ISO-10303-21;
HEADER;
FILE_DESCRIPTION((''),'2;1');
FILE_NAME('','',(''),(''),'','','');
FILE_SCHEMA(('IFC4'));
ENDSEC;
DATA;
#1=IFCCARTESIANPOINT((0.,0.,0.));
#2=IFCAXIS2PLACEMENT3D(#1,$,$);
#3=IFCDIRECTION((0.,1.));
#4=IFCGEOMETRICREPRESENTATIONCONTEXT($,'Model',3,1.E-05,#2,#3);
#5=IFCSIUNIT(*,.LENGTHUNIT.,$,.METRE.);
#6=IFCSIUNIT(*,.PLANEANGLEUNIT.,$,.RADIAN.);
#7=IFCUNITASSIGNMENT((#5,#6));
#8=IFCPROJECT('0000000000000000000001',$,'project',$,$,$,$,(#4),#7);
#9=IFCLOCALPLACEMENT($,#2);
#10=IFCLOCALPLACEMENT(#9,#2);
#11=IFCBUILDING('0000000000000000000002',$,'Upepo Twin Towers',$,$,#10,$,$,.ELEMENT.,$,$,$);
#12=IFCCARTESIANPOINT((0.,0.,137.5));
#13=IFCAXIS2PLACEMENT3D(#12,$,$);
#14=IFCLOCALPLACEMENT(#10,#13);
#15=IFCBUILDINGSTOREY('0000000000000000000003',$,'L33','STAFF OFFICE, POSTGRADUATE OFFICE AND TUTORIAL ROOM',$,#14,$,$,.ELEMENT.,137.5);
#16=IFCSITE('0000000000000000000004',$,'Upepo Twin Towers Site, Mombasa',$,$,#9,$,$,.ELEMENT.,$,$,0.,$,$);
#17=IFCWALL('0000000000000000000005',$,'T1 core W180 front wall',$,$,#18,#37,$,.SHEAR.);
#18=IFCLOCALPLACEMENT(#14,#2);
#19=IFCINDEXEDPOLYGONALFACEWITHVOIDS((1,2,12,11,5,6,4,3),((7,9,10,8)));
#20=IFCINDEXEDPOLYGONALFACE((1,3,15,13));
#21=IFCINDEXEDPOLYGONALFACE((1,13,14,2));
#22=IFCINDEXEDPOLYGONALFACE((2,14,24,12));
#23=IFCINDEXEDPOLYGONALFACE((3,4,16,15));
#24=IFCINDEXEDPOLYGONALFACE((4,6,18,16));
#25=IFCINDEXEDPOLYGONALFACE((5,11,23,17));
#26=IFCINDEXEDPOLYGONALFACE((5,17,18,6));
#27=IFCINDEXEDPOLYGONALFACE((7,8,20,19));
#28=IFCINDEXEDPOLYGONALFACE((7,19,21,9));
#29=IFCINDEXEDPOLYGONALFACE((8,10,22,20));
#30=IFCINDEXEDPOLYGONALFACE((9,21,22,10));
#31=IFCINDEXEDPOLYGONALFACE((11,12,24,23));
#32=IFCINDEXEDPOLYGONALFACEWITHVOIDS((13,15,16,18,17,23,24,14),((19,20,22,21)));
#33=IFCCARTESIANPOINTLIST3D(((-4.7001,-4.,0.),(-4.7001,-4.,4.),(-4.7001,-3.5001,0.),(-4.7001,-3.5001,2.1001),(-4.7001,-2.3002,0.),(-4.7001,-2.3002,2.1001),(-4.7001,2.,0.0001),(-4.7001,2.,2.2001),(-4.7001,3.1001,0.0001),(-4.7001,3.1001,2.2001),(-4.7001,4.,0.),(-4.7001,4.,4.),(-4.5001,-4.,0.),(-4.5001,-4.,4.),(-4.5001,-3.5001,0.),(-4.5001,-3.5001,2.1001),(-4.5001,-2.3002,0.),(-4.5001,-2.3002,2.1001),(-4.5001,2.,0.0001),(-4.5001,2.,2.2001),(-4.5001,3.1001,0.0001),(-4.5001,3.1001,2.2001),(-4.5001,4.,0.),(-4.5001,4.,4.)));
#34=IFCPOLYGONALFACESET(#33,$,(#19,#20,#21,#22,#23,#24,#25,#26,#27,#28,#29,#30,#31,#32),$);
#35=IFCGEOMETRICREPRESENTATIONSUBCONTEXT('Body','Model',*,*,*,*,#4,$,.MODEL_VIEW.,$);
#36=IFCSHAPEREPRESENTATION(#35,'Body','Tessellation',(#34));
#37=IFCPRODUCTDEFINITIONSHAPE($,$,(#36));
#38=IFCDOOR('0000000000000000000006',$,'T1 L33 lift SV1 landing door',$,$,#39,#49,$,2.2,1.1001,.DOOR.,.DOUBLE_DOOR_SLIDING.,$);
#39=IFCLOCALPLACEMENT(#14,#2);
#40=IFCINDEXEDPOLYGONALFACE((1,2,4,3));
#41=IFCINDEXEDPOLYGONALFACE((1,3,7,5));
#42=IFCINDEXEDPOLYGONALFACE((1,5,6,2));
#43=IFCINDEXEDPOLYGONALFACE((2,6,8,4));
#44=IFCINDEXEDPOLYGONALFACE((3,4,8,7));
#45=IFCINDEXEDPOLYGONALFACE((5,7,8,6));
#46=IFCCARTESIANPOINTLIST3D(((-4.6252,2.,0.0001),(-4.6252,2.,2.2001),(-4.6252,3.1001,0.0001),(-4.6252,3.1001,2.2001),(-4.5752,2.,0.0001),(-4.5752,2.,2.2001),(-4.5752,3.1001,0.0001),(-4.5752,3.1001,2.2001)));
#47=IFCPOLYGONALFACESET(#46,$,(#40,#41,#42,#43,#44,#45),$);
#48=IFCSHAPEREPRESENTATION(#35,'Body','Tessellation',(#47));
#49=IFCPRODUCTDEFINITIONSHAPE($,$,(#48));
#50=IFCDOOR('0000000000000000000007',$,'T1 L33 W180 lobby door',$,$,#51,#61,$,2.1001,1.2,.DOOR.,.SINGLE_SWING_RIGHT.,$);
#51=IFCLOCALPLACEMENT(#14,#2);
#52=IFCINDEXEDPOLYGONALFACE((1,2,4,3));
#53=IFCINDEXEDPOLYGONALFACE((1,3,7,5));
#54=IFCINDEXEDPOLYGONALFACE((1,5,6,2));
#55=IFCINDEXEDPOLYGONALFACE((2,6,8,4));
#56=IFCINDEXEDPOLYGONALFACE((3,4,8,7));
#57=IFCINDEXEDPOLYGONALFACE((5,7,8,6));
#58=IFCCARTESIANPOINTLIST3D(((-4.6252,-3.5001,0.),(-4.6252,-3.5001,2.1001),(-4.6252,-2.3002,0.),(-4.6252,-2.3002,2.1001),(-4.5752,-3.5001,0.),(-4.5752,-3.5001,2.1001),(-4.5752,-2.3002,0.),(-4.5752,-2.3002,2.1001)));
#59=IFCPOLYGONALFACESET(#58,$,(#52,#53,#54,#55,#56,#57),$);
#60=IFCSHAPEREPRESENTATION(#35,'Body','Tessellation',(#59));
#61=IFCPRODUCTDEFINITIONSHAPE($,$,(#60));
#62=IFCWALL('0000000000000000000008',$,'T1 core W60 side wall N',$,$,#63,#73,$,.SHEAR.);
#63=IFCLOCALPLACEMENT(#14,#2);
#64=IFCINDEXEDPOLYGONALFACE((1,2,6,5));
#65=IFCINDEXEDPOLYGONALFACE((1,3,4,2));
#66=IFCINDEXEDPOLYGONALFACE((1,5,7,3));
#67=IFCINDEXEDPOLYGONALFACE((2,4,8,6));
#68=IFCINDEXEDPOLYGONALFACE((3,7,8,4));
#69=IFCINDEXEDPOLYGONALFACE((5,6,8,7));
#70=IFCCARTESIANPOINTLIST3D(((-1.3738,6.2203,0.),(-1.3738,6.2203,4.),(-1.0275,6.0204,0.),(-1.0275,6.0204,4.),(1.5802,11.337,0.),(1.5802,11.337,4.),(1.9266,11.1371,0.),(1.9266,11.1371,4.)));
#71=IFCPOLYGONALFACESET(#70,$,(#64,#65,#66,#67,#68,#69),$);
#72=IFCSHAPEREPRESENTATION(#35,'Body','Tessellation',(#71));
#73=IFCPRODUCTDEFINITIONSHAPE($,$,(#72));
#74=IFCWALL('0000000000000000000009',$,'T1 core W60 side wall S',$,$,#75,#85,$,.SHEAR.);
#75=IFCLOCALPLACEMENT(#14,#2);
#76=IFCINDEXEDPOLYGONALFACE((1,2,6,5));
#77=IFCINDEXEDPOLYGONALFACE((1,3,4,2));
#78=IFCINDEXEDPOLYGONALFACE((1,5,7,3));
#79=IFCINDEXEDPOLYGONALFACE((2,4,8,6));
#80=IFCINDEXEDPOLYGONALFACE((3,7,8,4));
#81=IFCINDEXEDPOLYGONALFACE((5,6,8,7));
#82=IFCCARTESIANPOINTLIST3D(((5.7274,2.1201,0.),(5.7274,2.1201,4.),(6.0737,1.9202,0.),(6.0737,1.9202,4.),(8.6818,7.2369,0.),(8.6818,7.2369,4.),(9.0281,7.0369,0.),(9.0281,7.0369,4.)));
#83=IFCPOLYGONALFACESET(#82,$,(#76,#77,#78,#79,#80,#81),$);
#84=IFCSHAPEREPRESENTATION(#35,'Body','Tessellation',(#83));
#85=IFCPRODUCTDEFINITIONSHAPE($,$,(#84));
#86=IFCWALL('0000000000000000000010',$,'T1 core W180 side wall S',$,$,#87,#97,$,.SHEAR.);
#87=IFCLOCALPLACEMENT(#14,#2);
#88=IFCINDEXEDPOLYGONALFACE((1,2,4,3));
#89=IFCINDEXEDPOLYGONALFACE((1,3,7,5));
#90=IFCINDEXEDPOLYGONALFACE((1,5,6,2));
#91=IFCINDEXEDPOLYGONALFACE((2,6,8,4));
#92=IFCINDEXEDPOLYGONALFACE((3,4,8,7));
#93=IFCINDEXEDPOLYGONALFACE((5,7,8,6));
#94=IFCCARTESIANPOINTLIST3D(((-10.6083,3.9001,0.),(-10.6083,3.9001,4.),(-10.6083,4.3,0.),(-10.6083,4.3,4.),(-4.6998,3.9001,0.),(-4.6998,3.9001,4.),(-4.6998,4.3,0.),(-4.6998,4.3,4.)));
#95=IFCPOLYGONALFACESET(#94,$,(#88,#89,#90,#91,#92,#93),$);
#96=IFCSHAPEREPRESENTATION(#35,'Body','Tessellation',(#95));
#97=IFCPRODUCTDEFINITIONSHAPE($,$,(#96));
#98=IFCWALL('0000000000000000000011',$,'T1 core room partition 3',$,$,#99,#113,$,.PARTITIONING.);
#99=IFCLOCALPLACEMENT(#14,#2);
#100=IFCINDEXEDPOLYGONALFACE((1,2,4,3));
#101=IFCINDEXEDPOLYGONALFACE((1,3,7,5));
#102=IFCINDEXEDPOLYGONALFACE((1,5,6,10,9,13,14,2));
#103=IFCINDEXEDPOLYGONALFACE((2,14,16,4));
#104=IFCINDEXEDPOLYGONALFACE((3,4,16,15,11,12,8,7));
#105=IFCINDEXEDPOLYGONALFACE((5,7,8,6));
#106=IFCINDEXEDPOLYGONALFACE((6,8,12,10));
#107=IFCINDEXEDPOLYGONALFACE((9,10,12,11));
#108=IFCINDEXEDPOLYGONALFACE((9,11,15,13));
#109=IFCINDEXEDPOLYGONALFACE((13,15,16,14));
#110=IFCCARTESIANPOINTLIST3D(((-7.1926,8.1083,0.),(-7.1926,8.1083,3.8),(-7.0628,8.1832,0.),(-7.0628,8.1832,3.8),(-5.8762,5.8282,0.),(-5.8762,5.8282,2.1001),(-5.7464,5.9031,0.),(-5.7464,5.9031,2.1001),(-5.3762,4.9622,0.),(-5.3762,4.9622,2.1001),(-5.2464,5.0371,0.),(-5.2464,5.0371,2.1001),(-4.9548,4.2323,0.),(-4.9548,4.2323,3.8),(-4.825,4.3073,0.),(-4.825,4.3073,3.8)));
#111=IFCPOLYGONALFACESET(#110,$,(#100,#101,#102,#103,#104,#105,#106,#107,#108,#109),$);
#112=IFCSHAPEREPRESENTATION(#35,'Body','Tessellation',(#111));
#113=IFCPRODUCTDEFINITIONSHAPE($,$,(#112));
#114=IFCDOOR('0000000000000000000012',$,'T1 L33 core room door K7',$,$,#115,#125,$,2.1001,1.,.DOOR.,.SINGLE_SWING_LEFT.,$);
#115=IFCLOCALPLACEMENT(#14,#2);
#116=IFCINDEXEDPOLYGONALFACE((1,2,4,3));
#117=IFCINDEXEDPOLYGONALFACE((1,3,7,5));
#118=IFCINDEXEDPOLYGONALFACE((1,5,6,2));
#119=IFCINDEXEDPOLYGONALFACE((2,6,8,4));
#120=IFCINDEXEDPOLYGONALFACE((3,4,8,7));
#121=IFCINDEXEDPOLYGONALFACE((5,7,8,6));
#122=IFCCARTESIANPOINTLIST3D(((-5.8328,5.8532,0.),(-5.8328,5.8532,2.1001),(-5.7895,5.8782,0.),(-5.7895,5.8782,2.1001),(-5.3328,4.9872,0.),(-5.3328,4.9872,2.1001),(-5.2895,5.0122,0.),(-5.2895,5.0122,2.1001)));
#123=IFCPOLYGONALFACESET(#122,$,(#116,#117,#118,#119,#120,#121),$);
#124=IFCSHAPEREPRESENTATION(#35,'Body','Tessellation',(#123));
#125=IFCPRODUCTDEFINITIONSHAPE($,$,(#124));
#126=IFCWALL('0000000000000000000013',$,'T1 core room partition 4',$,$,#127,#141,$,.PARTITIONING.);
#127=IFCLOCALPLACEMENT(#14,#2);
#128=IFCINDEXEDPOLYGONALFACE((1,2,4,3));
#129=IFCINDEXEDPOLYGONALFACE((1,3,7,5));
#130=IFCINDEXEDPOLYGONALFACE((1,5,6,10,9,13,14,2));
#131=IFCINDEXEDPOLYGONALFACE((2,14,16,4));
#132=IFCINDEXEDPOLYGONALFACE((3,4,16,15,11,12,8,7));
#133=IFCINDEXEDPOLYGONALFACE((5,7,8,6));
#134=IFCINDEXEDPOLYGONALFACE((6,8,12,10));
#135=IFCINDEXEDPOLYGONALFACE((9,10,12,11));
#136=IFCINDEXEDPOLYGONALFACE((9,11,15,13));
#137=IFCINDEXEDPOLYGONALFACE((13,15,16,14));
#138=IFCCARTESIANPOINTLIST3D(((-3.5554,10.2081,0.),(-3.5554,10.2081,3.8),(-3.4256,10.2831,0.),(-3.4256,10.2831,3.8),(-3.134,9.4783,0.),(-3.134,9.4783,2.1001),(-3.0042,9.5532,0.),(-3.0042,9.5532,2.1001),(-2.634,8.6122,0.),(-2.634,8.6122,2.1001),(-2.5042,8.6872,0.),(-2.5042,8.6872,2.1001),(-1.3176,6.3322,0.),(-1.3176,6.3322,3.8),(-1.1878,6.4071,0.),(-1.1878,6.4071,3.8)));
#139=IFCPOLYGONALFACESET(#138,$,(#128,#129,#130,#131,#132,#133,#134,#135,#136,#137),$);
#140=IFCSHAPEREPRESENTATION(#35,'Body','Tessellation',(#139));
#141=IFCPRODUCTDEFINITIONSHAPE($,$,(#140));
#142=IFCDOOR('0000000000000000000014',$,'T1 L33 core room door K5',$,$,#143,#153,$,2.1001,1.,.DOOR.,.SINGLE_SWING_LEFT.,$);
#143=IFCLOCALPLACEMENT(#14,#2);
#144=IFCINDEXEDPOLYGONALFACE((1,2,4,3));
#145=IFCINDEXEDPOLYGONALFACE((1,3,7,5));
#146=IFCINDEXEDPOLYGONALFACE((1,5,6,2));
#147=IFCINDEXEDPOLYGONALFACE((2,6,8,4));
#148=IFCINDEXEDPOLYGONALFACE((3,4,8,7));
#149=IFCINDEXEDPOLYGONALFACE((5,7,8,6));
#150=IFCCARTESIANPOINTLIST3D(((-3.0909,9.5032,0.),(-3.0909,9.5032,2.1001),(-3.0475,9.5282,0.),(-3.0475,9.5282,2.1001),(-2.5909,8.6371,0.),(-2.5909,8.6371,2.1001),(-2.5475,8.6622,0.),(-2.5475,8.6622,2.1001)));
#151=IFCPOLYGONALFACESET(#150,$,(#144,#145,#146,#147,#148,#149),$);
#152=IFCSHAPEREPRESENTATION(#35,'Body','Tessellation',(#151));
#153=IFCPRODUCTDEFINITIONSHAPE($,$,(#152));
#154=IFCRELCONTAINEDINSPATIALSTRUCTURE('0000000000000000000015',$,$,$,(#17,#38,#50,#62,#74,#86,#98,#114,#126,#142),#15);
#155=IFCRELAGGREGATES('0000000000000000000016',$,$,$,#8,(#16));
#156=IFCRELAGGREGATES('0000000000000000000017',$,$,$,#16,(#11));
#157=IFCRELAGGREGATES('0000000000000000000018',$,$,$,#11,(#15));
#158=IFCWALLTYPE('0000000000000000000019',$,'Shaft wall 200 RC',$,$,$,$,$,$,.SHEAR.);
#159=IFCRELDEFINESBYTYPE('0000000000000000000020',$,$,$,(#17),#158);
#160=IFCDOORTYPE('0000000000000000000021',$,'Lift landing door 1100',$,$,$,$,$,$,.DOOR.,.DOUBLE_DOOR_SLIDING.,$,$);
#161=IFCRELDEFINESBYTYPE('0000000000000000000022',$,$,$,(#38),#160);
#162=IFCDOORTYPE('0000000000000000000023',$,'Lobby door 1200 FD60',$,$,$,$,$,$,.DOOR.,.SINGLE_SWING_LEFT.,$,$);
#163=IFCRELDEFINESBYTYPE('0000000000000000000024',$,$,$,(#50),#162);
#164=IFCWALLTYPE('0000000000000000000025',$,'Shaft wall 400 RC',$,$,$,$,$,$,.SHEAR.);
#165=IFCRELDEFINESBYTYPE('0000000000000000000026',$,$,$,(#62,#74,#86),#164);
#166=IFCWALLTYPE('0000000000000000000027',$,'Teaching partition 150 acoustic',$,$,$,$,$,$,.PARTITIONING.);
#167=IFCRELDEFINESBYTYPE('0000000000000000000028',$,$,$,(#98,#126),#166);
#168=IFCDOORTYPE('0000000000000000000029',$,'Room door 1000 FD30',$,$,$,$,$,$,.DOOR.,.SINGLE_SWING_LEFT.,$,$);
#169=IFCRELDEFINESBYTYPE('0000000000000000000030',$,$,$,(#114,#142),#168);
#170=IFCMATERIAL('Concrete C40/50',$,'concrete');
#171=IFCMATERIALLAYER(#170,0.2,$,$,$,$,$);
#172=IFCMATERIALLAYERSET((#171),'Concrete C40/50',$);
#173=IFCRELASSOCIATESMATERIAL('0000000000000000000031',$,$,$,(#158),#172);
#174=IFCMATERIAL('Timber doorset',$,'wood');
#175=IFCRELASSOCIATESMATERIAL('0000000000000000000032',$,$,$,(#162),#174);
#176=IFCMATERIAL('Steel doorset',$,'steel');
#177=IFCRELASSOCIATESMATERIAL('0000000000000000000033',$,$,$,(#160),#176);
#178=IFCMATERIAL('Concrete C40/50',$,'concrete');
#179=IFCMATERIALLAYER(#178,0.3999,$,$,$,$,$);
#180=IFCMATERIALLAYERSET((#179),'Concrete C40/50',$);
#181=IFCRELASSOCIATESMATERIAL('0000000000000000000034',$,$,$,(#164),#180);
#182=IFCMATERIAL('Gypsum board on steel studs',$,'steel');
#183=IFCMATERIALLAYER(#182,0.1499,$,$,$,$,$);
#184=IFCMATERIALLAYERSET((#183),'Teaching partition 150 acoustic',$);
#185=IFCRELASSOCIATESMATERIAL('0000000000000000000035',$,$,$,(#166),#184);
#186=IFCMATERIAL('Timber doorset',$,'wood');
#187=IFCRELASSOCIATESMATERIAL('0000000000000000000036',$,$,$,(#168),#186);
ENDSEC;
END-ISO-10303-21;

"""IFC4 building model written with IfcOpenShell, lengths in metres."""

from ifc_helpers import new_model, si_unit, direction, frame, frame_2d, origin, place, context, subcontext, project, spatial, rectangle, extrude, material, layer, layer_set, type_object, element, fill, save


model = new_model("IFC4")

# Units and contexts
model_context = context("Model", 3, precision=1e-05, world=origin(), true_north=direction((0.0, 1.0)))
body_context = subcontext(model_context, "Body", "Model", "MODEL_VIEW")
ifc_project = project(units=[si_unit("LENGTHUNIT", "METRE"), si_unit("PLANEANGLEUNIT", "RADIAN")], contexts=[model_context])

# Site, building, storey
site_placement = place(None, origin())
site = spatial("IfcSite", under=ifc_project, at=site_placement, Name="Upepo Twin Towers Site, Mombasa", CompositionType="ELEMENT", RefElevation=0.0)
building_placement = place(site_placement, origin())
building = spatial("IfcBuilding", under=site, at=building_placement, Name="Upepo Twin Towers", CompositionType="ELEMENT")
storey_placement = place(building_placement, frame((0.0, 0.0, 137.5)))
storey = spatial("IfcBuildingStorey", under=building, at=storey_placement, Name="L33", Description="STAFF OFFICE, POSTGRADUATE OFFICE AND TUTORIAL ROOM", CompositionType="ELEMENT", Elevation=137.5)

# Shared definitions
ifc_material_1 = material(Name="Concrete C40/50", Category="concrete")
ifc_layer_1 = layer(ifc_material_1, 0.2)
ifc_layer_set_1 = layer_set([ifc_layer_1], Name="Concrete C40/50")
wall_type_1 = type_object("IfcWallType", Name="Shaft wall 200 RC", PredefinedType="SHEAR", material=ifc_layer_set_1)
ifc_material_2 = material(Name="Timber doorset", Category="wood")
door_type_1 = type_object("IfcDoorType", Name="Lobby door 1200 FD60", OperationType="SINGLE_SWING_LEFT", PredefinedType="DOOR", material=ifc_material_2)

# Wall, openings, doors
wall_1_placement = place(storey_placement, frame((-4.6001, 4.0, 0.0), z_axis=(0.0, 0.0, 1.0), x_axis=(0.0, -1.0, 0.0)))
wall_1 = element("IfcWall", 1, at=wall_1_placement, inside=storey, type_object=wall_type_1, Name="T1 core W180 front wall", PredefinedType="SHEAR", context=body_context, shape_type="SweptSolid", body=[
    extrude(rectangle(XDim=8.0, YDim=0.2, at=frame_2d((4.0, 0.0))), origin(), (0.0, 0.0, 1.0), 4.0),
])
opening_1_placement = place(wall_1_placement, frame((6.3, 0.0, 0.0)))
opening_1 = element("IfcOpeningElement", 2, at=opening_1_placement, cuts=wall_1, PredefinedType="OPENING", context=body_context, shape_type="SweptSolid", body=[
    extrude(rectangle(XDim=1.2, YDim=2.1001, at=frame_2d((0.6001, 1.05))), frame((0.0, 0.1099, 0.0), z_axis=(0.0, -1.0, 0.0), x_axis=(1.0, 0.0, 0.0)), (0.0, 0.0, 1.0), 0.22),
])
opening_2_placement = place(wall_1_placement, frame((0.8999, 0.0, 0.0)))
opening_2 = element("IfcOpeningElement", 3, at=opening_2_placement, cuts=wall_1, PredefinedType="OPENING", context=body_context, shape_type="SweptSolid", body=[
    extrude(rectangle(XDim=1.1001, YDim=2.2, at=frame_2d((0.55, 1.1001))), frame((0.0, 0.1099, 0.0), z_axis=(0.0, -1.0, 0.0), x_axis=(1.0, 0.0, 0.0)), (0.0, 0.0, 1.0), 0.22),
])
ifc_material_3 = material(Name="Steel doorset", Category="steel")
door_type_2 = type_object("IfcDoorType", Name="Lift landing door 1100", OperationType="DOUBLE_DOOR_SLIDING", PredefinedType="DOOR", material=ifc_material_3)
door_1_placement = place(opening_2_placement, origin())
door_1 = element("IfcDoor", 4, at=door_1_placement, inside=storey, type_object=door_type_2, Name="T1 L33 lift SV1 landing door", OperationType="DOUBLE_DOOR_SLIDING", OverallHeight=2.2, OverallWidth=1.1001, PredefinedType="DOOR", context=body_context, shape_type="SweptSolid", body=[
    extrude(rectangle(XDim=1.1001, YDim=2.2, at=frame_2d((0.55, 1.1001))), frame((0.0, 0.0249, 0.0), z_axis=(0.0, -1.0, 0.0), x_axis=(1.0, 0.0, 0.0)), (0.0, 0.0, 1.0), 0.05),
])
fill(opening_2, door_1)
door_2_placement = place(opening_1_placement, origin())
door_2 = element("IfcDoor", 5, at=door_2_placement, inside=storey, type_object=door_type_1, Name="T1 L33 W180 lobby door", OperationType="SINGLE_SWING_RIGHT", OverallHeight=2.1001, OverallWidth=1.2, PredefinedType="DOOR", context=body_context, shape_type="SweptSolid", body=[
    extrude(rectangle(XDim=1.2, YDim=2.1001, at=frame_2d((0.6001, 1.05))), frame((0.0, 0.0249, 0.0), z_axis=(0.0, -1.0, 0.0), x_axis=(1.0, 0.0, 0.0)), (0.0, 0.0, 1.0), 0.05),
])
fill(opening_1, door_2)

# Walls
ifc_material_4 = material(Name="Concrete C40/50", Category="concrete")
ifc_layer_2 = layer(ifc_material_4, 0.3999)
ifc_layer_set_2 = layer_set([ifc_layer_2], Name="Concrete C40/50")
wall_type_2 = type_object("IfcWallType", Name="Shaft wall 400 RC", PredefinedType="SHEAR", material=ifc_layer_set_2)
wall_2_placement = place(storey_placement, frame((-1.2007, 6.1204, 0.0), z_axis=(0.0, 0.0, 1.0), x_axis=(0.499997, 0.866027, 0.0)))
element("IfcWall", 6, at=wall_2_placement, inside=storey, type_object=wall_type_2, Name="T1 core W60 side wall N", PredefinedType="SHEAR", context=body_context, shape_type="SweptSolid", body=[
    extrude(rectangle(XDim=5.9082, YDim=0.3999, at=frame_2d((2.9541, 0.0))), origin(), (0.0, 0.0, 1.0), 4.0),
])
for number, where, z_axis, x_axis, name in (
    (7, (5.9006, 2.0203, 0.0), (0.0, 0.0, 1.0), (0.500028, 0.866009, 0.0), "T1 core W60 side wall S"),
    (8, (-4.7, 4.1001, 0.0), (0.0, 0.0, 1.0), (-1.0, 0.0, 0.0), "T1 core W180 side wall S"),
):
    element("IfcWall", number, at=place(storey_placement, frame(where, z_axis=z_axis, x_axis=x_axis)), inside=storey, type_object=wall_type_2, Name=name, PredefinedType="SHEAR", context=body_context, shape_type="SweptSolid", body=[
        extrude(rectangle(XDim=5.9084, YDim=0.3999, at=frame_2d((2.9541, 0.0))), origin(), (0.0, 0.0, 1.0), 4.0),
    ])

# Walls, openings, doors
ifc_material_5 = material(Name="Gypsum board on steel studs", Category="steel")
ifc_layer_3 = layer(ifc_material_5, 0.1499)
ifc_layer_set_3 = layer_set([ifc_layer_3], Name="Teaching partition 150 acoustic")
wall_type_3 = type_object("IfcWallType", Name="Teaching partition 150 acoustic", PredefinedType="PARTITIONING", material=ifc_layer_set_3)
wall_3_placement = place(storey_placement, frame((-4.8899, 4.2698, 0.0), z_axis=(0.0, 0.0, 1.0), x_axis=(-0.499999, 0.866026, 0.0)))
wall_3 = element("IfcWall", 9, at=wall_3_placement, inside=storey, type_object=wall_type_3, Name="T1 core room partition 3", PredefinedType="PARTITIONING", context=body_context, shape_type="SweptSolid", body=[
    extrude(rectangle(XDim=4.4756, YDim=0.1499, at=frame_2d((2.2378, 0.0))), origin(), (0.0, 0.0, 1.0), 3.8),
])
opening_3_placement = place(wall_3_placement, frame((0.8428, 0.0, 0.0)))
opening_3 = element("IfcOpeningElement", 10, at=opening_3_placement, cuts=wall_3, PredefinedType="OPENING", context=body_context, shape_type="SweptSolid", body=[
    extrude(rectangle(XDim=1.0, YDim=2.1001, at=frame_2d((0.5, 1.05))), frame((0.0, 0.085, 0.0), z_axis=(0.0, -1.0, 0.0), x_axis=(1.0, 0.0, 0.0)), (0.0, 0.0, 1.0), 0.1699),
])
ifc_material_6 = material(Name="Timber doorset", Category="wood")
door_type_3 = type_object("IfcDoorType", Name="Room door 1000 FD30", OperationType="SINGLE_SWING_LEFT", PredefinedType="DOOR", material=ifc_material_6)
door_3_placement = place(opening_3_placement, origin())
door_3 = element("IfcDoor", 11, at=door_3_placement, inside=storey, type_object=door_type_3, Name="T1 L33 core room door K7", OperationType="SINGLE_SWING_LEFT", OverallHeight=2.1001, OverallWidth=1.0, PredefinedType="DOOR", context=body_context, shape_type="SweptSolid", body=[
    extrude(rectangle(XDim=1.0, YDim=2.1001, at=frame_2d((0.5, 1.05))), frame((0.0, 0.0249, 0.0), z_axis=(0.0, -1.0, 0.0), x_axis=(1.0, 0.0, 0.0)), (0.0, 0.0, 1.0), 0.05),
])
fill(opening_3, door_3)
wall_4_placement = place(storey_placement, frame((-3.4905, 10.2456, 0.0), z_axis=(0.0, 0.0, 1.0), x_axis=(0.499999, -0.866026, 0.0)))
wall_4 = element("IfcWall", 12, at=wall_4_placement, inside=storey, type_object=wall_type_3, Name="T1 core room partition 4", PredefinedType="PARTITIONING", context=body_context, shape_type="SweptSolid", body=[
    extrude(rectangle(XDim=4.4756, YDim=0.1499, at=frame_2d((2.2378, 0.0))), origin(), (0.0, 0.0, 1.0), 3.8),
])
opening_4_placement = place(wall_4_placement, frame((0.8428, 0.0, 0.0)))
opening_4 = element("IfcOpeningElement", 13, at=opening_4_placement, cuts=wall_4, PredefinedType="OPENING", context=body_context, shape_type="SweptSolid", body=[
    extrude(rectangle(XDim=1.0, YDim=2.1001, at=frame_2d((0.5, 1.05))), frame((0.0, 0.085, 0.0), z_axis=(0.0, -1.0, 0.0), x_axis=(1.0, 0.0, 0.0)), (0.0, 0.0, 1.0), 0.1699),
])
door_4_placement = place(opening_4_placement, origin())
door_4 = element("IfcDoor", 14, at=door_4_placement, inside=storey, type_object=door_type_3, Name="T1 L33 core room door K5", OperationType="SINGLE_SWING_LEFT", OverallHeight=2.1001, OverallWidth=1.0, PredefinedType="DOOR", context=body_context, shape_type="SweptSolid", body=[
    extrude(rectangle(XDim=1.0, YDim=2.1001, at=frame_2d((0.5, 1.05))), frame((0.0, 0.0249, 0.0), z_axis=(0.0, -1.0, 0.0), x_axis=(1.0, 0.0, 0.0)), (0.0, 0.0, 1.0), 0.05),
])
fill(opening_4, door_4)

save(model, "model.ifc")
